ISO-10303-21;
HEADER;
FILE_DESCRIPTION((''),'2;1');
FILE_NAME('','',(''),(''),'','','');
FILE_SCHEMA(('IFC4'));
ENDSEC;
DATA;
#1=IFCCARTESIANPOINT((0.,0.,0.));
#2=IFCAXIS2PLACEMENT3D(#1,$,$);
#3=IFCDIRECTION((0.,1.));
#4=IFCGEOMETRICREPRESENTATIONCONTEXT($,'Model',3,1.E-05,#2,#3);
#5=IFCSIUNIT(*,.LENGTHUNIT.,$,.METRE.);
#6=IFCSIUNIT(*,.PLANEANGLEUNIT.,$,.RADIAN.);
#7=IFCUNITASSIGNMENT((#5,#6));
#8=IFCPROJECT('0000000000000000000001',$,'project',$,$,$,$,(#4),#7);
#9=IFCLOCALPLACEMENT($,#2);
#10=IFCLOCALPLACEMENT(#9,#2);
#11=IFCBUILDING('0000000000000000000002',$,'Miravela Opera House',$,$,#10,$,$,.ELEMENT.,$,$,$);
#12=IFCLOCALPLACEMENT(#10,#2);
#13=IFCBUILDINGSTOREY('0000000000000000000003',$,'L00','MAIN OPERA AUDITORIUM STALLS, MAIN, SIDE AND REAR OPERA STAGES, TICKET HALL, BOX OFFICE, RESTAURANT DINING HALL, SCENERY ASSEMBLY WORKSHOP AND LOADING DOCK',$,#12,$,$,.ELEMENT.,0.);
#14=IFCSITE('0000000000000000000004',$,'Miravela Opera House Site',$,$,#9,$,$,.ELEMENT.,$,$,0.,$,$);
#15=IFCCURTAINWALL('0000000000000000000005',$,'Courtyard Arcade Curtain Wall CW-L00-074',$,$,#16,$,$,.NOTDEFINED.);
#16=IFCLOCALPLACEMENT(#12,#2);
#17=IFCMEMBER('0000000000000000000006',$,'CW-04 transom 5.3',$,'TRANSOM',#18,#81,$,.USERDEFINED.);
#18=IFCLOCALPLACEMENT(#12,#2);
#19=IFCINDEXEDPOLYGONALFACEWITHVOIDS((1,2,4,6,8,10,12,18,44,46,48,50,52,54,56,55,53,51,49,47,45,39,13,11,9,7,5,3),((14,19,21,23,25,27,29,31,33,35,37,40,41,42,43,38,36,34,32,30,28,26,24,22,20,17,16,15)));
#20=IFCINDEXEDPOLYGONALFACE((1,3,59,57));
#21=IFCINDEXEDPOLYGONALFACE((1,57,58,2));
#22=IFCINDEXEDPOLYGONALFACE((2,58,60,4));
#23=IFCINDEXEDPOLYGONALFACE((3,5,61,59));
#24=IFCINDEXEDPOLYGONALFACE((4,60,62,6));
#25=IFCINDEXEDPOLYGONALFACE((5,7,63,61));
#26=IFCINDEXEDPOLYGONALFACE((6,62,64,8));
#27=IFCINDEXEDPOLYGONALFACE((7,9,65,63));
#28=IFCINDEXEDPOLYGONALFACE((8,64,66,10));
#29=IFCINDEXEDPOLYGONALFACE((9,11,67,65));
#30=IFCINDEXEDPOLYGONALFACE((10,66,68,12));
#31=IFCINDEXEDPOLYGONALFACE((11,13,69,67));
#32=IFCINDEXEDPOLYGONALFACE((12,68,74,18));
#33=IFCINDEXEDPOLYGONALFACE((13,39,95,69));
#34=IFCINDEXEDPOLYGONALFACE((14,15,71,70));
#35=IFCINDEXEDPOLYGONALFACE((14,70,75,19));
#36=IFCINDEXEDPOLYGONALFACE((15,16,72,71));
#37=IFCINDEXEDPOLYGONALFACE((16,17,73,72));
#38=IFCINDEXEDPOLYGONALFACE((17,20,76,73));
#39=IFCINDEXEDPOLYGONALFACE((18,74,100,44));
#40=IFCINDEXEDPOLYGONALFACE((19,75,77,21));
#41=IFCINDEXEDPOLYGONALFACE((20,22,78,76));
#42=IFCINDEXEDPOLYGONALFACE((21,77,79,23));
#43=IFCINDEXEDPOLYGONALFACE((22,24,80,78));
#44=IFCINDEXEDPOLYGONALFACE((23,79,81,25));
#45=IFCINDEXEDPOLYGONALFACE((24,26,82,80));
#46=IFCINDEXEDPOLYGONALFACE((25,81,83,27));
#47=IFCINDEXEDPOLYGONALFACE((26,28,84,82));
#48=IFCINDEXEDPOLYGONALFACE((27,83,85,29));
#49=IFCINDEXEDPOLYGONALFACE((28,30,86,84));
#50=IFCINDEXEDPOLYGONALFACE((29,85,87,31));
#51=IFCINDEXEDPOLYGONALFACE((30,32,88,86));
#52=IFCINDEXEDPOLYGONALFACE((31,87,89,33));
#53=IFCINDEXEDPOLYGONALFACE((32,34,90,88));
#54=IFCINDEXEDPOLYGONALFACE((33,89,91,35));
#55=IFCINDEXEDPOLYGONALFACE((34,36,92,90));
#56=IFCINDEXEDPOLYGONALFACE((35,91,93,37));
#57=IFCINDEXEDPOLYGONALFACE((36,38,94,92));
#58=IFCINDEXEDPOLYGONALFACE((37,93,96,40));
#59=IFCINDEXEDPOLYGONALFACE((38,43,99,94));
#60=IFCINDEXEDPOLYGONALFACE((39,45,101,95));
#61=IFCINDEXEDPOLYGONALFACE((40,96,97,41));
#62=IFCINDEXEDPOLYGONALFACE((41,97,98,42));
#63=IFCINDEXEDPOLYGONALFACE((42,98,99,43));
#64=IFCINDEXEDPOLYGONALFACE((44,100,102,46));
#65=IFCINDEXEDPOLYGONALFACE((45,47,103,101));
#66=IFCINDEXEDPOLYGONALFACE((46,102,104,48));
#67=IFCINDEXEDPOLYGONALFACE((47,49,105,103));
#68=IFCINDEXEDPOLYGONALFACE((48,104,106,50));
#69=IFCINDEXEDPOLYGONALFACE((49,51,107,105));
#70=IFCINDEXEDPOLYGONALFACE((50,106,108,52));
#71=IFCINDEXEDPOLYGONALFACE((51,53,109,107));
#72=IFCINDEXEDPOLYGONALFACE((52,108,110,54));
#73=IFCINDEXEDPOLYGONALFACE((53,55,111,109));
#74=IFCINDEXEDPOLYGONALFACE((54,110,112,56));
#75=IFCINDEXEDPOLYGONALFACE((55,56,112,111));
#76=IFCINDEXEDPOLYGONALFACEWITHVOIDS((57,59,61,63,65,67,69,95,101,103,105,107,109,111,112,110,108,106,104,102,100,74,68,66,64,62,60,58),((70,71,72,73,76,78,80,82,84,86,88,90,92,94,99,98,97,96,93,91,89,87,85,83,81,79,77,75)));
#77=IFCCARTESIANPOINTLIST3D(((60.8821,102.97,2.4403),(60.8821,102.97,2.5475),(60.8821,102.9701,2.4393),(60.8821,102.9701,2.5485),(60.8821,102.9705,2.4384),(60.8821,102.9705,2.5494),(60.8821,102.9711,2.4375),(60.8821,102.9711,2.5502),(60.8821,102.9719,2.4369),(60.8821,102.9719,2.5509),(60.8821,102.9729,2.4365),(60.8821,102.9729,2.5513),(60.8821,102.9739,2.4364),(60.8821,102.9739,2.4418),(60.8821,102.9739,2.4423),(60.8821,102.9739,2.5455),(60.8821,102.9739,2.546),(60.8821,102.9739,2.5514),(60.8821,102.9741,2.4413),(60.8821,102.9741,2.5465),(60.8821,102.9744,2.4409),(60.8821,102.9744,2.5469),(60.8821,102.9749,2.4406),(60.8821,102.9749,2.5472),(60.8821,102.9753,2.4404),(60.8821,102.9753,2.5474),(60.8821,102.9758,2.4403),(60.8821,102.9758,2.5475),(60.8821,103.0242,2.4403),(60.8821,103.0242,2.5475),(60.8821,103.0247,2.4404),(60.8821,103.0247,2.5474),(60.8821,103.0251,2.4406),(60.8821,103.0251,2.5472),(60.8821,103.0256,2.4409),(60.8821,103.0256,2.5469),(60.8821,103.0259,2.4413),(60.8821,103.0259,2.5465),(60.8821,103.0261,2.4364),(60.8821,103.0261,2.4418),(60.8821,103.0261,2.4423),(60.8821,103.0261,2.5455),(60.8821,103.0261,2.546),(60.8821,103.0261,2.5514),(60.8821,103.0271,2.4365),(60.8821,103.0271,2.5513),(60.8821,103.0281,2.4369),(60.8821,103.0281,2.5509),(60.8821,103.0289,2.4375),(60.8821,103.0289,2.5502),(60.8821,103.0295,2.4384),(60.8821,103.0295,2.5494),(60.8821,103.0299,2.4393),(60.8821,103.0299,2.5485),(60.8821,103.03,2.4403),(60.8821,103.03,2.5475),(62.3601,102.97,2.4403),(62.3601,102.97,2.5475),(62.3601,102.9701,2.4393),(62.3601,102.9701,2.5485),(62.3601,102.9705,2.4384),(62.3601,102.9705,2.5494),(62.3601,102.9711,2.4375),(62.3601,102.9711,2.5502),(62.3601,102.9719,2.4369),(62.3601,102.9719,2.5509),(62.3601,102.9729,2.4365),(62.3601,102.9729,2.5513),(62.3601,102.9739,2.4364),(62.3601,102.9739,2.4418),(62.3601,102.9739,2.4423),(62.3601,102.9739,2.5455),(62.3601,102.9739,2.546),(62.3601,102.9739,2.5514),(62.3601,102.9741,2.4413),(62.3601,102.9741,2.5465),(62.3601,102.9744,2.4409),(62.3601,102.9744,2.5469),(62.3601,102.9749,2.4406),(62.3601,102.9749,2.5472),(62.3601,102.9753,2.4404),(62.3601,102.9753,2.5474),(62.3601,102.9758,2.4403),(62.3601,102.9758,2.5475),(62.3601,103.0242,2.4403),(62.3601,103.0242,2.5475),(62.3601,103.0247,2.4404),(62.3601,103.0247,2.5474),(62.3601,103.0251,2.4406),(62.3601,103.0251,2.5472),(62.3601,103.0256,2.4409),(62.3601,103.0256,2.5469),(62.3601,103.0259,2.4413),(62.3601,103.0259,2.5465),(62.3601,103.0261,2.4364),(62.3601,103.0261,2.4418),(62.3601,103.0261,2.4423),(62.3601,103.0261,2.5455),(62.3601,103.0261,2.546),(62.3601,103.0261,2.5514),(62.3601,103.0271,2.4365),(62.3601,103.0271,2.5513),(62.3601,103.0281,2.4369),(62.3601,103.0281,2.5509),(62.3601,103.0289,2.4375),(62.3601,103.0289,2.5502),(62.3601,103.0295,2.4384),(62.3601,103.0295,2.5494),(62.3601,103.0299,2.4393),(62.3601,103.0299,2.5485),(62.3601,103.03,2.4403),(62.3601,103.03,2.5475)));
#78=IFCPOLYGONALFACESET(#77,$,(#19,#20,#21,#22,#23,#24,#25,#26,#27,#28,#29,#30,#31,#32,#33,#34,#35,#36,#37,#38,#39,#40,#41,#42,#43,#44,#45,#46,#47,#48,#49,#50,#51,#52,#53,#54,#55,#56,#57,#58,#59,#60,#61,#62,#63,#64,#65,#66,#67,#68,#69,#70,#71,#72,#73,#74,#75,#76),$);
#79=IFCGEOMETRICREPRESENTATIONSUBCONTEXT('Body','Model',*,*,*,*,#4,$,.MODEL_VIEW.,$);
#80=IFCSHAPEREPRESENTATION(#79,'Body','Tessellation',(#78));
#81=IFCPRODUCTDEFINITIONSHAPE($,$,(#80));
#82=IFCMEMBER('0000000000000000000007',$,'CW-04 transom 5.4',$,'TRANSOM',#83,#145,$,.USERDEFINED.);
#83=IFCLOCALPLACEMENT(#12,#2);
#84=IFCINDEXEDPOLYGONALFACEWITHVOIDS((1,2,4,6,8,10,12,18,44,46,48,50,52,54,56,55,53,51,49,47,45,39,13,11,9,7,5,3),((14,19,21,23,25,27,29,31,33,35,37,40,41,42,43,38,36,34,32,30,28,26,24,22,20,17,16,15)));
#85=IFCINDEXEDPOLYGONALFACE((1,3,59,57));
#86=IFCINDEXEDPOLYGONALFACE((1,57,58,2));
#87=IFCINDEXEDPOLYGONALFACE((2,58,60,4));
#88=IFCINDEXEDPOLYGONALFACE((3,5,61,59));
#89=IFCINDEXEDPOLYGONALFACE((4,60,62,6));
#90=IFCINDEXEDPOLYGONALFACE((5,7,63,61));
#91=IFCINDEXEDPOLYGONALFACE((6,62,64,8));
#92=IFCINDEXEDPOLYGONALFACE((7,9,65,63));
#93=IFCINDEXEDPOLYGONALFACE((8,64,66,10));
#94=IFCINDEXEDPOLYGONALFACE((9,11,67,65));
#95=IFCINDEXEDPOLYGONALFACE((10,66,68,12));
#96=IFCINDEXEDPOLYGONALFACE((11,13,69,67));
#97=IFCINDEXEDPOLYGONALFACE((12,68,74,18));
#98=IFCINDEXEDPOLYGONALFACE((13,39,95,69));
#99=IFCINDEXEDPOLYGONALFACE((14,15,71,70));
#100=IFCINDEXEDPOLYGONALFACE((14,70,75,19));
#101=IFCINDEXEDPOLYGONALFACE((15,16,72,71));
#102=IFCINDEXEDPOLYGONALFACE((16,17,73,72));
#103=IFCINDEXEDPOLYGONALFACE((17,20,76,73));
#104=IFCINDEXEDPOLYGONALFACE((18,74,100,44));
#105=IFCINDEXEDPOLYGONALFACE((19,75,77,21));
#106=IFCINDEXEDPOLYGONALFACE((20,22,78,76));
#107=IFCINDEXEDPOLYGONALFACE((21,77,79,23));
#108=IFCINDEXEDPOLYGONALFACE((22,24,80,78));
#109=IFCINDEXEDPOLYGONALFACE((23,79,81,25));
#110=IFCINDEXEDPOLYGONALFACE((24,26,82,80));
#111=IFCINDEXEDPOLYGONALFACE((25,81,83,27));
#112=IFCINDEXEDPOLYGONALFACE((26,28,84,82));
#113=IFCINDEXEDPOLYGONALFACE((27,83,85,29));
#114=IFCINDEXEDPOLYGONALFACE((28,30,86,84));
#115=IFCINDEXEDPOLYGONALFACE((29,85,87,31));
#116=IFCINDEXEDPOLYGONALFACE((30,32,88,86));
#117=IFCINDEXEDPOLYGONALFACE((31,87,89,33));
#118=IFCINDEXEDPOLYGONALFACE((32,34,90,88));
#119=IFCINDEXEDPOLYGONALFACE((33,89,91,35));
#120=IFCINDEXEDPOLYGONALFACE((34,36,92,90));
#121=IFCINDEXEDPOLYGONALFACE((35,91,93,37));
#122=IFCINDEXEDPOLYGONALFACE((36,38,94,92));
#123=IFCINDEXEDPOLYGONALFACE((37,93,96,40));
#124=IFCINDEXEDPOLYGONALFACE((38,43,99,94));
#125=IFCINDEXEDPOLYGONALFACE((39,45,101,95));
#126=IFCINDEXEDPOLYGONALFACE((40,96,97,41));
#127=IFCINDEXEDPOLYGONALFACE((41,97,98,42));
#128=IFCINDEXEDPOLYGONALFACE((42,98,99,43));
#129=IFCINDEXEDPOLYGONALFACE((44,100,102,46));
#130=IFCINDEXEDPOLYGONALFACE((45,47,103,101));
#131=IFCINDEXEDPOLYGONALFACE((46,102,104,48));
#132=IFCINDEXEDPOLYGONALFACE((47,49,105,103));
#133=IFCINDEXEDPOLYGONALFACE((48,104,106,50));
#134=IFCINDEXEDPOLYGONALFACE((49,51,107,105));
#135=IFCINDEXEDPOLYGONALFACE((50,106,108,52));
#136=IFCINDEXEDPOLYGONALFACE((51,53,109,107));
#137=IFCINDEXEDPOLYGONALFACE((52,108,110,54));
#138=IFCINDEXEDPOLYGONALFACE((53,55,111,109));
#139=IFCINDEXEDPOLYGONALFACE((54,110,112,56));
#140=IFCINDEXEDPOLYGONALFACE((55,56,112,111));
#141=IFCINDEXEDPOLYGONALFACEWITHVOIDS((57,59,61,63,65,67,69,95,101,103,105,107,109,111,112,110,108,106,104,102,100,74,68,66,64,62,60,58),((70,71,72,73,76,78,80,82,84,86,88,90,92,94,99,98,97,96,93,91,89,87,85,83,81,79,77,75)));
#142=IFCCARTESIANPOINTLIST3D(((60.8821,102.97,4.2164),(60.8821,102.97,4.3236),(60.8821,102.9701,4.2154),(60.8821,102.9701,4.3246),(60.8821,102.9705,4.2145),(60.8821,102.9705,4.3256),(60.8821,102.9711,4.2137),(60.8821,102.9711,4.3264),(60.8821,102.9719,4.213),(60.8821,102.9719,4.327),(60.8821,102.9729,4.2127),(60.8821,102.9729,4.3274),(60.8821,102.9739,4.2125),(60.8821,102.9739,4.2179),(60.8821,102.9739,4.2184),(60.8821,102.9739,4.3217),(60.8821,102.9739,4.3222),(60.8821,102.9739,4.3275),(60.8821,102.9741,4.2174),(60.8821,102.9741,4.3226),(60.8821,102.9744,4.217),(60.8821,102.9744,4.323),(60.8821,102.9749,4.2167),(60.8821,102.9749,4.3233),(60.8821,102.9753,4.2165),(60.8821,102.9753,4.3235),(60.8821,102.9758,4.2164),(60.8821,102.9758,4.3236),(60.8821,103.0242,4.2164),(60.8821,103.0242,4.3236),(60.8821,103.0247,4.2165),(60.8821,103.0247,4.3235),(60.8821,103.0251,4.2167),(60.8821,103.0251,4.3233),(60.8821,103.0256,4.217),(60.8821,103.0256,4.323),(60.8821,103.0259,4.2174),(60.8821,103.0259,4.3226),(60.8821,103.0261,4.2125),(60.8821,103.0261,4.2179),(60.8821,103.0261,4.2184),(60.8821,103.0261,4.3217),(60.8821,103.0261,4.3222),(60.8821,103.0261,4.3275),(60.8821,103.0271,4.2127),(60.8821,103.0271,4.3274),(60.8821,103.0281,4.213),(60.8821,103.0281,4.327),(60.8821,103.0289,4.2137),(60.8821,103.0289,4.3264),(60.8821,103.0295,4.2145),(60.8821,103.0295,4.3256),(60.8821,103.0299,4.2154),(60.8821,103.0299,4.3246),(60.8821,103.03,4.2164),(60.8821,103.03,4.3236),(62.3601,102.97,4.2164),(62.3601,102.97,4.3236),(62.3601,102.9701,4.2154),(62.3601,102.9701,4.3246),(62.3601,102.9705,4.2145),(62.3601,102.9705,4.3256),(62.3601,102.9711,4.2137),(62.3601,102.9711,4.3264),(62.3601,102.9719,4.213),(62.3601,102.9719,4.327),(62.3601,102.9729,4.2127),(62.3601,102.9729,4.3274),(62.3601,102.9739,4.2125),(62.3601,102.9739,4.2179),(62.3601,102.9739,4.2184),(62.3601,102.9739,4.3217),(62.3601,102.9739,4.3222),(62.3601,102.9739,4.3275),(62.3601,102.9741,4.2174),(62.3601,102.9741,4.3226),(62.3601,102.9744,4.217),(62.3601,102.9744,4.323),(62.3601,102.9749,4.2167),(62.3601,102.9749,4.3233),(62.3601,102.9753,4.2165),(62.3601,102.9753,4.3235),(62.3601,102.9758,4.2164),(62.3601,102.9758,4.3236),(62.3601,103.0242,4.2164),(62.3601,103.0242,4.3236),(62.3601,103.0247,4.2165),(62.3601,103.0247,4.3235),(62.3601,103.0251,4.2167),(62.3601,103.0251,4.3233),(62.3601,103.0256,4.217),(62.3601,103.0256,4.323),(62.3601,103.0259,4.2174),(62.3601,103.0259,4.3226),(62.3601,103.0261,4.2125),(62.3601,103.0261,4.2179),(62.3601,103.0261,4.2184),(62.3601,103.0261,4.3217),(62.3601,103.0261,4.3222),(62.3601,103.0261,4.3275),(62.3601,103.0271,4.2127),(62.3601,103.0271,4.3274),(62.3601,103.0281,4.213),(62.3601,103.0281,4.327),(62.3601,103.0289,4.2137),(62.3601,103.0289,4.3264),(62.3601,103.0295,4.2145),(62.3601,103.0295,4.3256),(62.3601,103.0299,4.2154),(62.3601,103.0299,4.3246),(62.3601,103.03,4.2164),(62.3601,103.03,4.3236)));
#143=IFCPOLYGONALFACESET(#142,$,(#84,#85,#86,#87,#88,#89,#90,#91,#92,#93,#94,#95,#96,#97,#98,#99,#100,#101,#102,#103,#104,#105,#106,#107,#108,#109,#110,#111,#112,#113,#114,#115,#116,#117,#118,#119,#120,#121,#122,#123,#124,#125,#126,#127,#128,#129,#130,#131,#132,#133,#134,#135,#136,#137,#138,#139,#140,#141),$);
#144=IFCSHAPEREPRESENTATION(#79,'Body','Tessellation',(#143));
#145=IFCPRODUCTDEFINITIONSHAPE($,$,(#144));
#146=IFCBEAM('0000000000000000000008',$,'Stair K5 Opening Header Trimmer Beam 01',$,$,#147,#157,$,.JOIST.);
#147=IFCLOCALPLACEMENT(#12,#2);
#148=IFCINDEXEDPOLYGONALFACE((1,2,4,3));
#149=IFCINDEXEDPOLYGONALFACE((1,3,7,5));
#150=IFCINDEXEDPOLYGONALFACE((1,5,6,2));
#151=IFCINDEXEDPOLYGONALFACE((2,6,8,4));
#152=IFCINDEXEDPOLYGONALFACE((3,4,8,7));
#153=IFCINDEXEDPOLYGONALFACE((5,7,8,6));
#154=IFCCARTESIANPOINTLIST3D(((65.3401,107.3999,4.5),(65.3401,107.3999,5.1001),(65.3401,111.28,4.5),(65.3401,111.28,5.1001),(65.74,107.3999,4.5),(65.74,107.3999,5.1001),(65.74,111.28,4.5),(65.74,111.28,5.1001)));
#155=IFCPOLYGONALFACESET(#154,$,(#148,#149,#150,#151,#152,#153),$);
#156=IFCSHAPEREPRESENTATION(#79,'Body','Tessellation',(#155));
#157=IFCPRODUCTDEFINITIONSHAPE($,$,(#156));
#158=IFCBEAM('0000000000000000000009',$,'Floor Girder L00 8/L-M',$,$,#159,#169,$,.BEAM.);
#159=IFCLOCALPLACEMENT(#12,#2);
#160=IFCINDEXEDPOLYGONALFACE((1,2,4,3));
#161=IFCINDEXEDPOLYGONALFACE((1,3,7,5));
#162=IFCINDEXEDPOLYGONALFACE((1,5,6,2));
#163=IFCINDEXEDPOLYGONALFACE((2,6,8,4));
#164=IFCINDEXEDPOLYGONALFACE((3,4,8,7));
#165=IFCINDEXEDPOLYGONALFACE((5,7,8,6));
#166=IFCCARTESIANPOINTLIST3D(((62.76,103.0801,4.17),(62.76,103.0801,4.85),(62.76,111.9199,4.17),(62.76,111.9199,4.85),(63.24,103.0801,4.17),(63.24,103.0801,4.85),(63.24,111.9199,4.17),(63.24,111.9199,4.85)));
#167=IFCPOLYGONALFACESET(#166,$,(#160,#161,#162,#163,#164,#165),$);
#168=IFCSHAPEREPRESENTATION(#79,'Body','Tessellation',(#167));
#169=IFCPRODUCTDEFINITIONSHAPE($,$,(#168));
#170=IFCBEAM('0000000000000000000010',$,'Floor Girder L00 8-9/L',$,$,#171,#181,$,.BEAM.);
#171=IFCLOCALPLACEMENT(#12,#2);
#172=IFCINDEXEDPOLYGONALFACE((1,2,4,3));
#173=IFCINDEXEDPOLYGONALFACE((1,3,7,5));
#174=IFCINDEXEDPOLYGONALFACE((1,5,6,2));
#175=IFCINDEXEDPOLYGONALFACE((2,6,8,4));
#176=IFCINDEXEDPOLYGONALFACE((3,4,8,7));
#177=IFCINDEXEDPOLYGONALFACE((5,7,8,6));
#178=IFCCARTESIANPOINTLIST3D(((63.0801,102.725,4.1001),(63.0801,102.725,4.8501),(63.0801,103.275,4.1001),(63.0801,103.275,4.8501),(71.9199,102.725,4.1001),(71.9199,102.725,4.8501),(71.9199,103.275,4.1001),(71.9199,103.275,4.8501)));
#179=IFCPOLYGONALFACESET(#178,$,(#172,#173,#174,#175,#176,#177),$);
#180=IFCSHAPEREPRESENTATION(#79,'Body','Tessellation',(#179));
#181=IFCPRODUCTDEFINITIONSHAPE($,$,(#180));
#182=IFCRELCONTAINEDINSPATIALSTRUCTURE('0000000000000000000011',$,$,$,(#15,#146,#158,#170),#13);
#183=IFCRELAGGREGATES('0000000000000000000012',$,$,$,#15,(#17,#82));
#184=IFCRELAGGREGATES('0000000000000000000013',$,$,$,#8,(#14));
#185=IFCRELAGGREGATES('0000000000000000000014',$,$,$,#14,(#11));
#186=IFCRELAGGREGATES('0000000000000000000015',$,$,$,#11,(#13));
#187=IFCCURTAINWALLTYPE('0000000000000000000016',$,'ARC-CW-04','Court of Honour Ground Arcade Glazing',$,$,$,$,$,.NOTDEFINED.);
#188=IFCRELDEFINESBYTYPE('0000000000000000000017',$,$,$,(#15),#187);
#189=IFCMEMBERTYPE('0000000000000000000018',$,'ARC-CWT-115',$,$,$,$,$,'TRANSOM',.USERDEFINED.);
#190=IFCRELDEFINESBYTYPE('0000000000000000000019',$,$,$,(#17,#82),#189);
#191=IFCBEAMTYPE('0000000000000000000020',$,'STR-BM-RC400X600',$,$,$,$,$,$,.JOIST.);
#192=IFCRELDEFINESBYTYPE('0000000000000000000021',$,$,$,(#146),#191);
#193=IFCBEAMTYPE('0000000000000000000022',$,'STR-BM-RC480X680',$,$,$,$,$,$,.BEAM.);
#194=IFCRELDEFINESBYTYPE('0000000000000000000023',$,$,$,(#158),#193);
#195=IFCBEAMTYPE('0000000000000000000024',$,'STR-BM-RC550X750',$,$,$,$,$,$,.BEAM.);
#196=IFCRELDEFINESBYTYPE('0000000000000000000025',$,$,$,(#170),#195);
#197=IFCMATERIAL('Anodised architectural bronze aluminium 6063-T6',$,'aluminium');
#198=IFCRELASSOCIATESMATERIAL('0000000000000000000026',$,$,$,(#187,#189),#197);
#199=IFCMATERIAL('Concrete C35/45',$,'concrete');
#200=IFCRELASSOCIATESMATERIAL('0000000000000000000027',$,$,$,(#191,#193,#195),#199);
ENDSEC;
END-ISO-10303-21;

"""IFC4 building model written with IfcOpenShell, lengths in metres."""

from ifc_helpers import new_model, si_unit, direction, frame, origin, origin_2d, place, context, subcontext, project, spatial, rectangle, hollow_rectangle, extrude, material, material_profile, profile_set, type_object, element, aggregate, save


model = new_model("IFC4")

# Units and contexts
model_context = context("Model", 3, precision=1e-05, world=origin(), true_north=direction((0.0, 1.0)))
body_context = subcontext(model_context, "Body", "Model", "MODEL_VIEW")
ifc_project = project(units=[si_unit("LENGTHUNIT", "METRE"), si_unit("PLANEANGLEUNIT", "RADIAN")], contexts=[model_context])

# Site, building, storey
site_placement = place(None, origin())
site = spatial("IfcSite", under=ifc_project, at=site_placement, Name="Miravela Opera House Site", CompositionType="ELEMENT", RefElevation=0.0)
building_placement = place(site_placement, origin())
building = spatial("IfcBuilding", under=site, at=building_placement, Name="Miravela Opera House", CompositionType="ELEMENT")
storey_placement = place(building_placement, origin())
storey = spatial("IfcBuildingStorey", under=building, at=storey_placement, Name="L00", Description="MAIN OPERA AUDITORIUM STALLS, MAIN, SIDE AND REAR OPERA STAGES, TICKET HALL, BOX OFFICE, RESTAURANT DINING HALL, SCENERY ASSEMBLY WORKSHOP AND LOADING DOCK", CompositionType="ELEMENT", Elevation=0.0)

# Curtain wall, members
ifc_material_1 = material(Name="Anodised architectural bronze aluminium 6063-T6", Category="aluminium")
curtain_wall_type = type_object("IfcCurtainWallType", Name="ARC-CW-04", Description="Court of Honour Ground Arcade Glazing", PredefinedType="NOTDEFINED", material=ifc_material_1)
curtain_wall_placement = place(storey_placement, origin())
curtain_wall = element("IfcCurtainWall", 1, at=curtain_wall_placement, inside=storey, type_object=curtain_wall_type, Name="Courtyard Arcade Curtain Wall CW-L00-074", PredefinedType="NOTDEFINED")
ifc_material_profile_1 = material_profile(ifc_material_1, hollow_rectangle(XDim=0.0601, YDim=0.115, WallThickness=0.0039, InnerFilletRadius=0.002, OuterFilletRadius=0.0039, at=origin_2d()), Name="CWT-60X115")
ifc_profile_set_1 = profile_set([ifc_material_profile_1])
member_type_1 = type_object("IfcMemberType", Name="ARC-CWT-115", ElementType="TRANSOM", PredefinedType="USERDEFINED", material=ifc_profile_set_1)
member_1_placement = place(storey_placement, frame((60.8821, 103.0, 2.4939), z_axis=(1.0, 0.0, 0.0), x_axis=(0.0, 1.0, 0.0)))
member_1 = element("IfcMember", 2, at=member_1_placement, type_object=member_type_1, Name="CW-04 transom 5.3", ObjectType="TRANSOM", PredefinedType="USERDEFINED", context=body_context, shape_type="SweptSolid", body=[
    extrude(hollow_rectangle(XDim=0.0601, YDim=0.115, WallThickness=0.0039, InnerFilletRadius=0.002, OuterFilletRadius=0.0039, at=origin_2d()), origin(), (0.0, 0.0, 1.0), 1.478),
])
member_2_placement = place(storey_placement, frame((60.8821, 103.0, 4.27), z_axis=(1.0, 0.0, 0.0), x_axis=(0.0, 1.0, 0.0)))
member_2 = element("IfcMember", 3, at=member_2_placement, type_object=member_type_1, Name="CW-04 transom 5.4", ObjectType="TRANSOM", PredefinedType="USERDEFINED", context=body_context, shape_type="SweptSolid", body=[
    extrude(hollow_rectangle(XDim=0.0601, YDim=0.115, WallThickness=0.0039, InnerFilletRadius=0.002, OuterFilletRadius=0.0039, at=origin_2d()), origin(), (0.0, 0.0, 1.0), 1.478),
])

# Beams
ifc_material_2 = material(Name="Concrete C35/45", Category="concrete")
ifc_material_profile_2 = material_profile(ifc_material_2, rectangle(XDim=0.3999, YDim=0.6001, at=origin_2d()), Name="RC-BM-400X600")
ifc_profile_set_2 = profile_set([ifc_material_profile_2])
beam_type_1 = type_object("IfcBeamType", Name="STR-BM-RC400X600", PredefinedType="JOIST", material=ifc_profile_set_2)
beam_1_placement = place(storey_placement, frame((65.54, 107.3999, 4.8), z_axis=(0.0, 1.0, 0.0), x_axis=(-1.0, 0.0, 0.0)))
element("IfcBeam", 4, at=beam_1_placement, inside=storey, type_object=beam_type_1, Name="Stair K5 Opening Header Trimmer Beam 01", PredefinedType="JOIST", context=body_context, shape_type="SweptSolid", body=[
    extrude(rectangle(XDim=0.3999, YDim=0.6001, at=origin_2d()), origin(), (0.0, 0.0, 1.0), 3.8801),
])
ifc_material_profile_3 = material_profile(ifc_material_2, rectangle(XDim=0.48, YDim=0.6799, at=origin_2d()), Name="RC-BM-480X680")
ifc_profile_set_3 = profile_set([ifc_material_profile_3])
beam_type_2 = type_object("IfcBeamType", Name="STR-BM-RC480X680", PredefinedType="BEAM", material=ifc_profile_set_3)
beam_2_placement = place(storey_placement, frame((63.0, 103.0801, 4.51), z_axis=(0.0, 1.0, 0.0), x_axis=(-1.0, 0.0, 0.0)))
element("IfcBeam", 5, at=beam_2_placement, inside=storey, type_object=beam_type_2, Name="Floor Girder L00 8/L-M", PredefinedType="BEAM", context=body_context, shape_type="SweptSolid", body=[
    extrude(rectangle(XDim=0.48, YDim=0.6799, at=origin_2d()), origin(), (0.0, 0.0, 1.0), 8.8398),
])
ifc_material_profile_4 = material_profile(ifc_material_2, rectangle(XDim=0.55, YDim=0.75, at=origin_2d()), Name="RC-BM-550X750")
ifc_profile_set_4 = profile_set([ifc_material_profile_4])
beam_type_3 = type_object("IfcBeamType", Name="STR-BM-RC550X750", PredefinedType="BEAM", material=ifc_profile_set_4)
beam_3_placement = place(storey_placement, frame((63.0801, 103.0, 4.4751), z_axis=(1.0, 0.0, 0.0), x_axis=(0.0, 1.0, 0.0)))
element("IfcBeam", 6, at=beam_3_placement, inside=storey, type_object=beam_type_3, Name="Floor Girder L00 8-9/L", PredefinedType="BEAM", context=body_context, shape_type="SweptSolid", body=[
    extrude(rectangle(XDim=0.55, YDim=0.75, at=origin_2d()), origin(), (0.0, 0.0, 1.0), 8.8398),
])

aggregate(curtain_wall, [member_1, member_2])

save(model, "model.ifc")
